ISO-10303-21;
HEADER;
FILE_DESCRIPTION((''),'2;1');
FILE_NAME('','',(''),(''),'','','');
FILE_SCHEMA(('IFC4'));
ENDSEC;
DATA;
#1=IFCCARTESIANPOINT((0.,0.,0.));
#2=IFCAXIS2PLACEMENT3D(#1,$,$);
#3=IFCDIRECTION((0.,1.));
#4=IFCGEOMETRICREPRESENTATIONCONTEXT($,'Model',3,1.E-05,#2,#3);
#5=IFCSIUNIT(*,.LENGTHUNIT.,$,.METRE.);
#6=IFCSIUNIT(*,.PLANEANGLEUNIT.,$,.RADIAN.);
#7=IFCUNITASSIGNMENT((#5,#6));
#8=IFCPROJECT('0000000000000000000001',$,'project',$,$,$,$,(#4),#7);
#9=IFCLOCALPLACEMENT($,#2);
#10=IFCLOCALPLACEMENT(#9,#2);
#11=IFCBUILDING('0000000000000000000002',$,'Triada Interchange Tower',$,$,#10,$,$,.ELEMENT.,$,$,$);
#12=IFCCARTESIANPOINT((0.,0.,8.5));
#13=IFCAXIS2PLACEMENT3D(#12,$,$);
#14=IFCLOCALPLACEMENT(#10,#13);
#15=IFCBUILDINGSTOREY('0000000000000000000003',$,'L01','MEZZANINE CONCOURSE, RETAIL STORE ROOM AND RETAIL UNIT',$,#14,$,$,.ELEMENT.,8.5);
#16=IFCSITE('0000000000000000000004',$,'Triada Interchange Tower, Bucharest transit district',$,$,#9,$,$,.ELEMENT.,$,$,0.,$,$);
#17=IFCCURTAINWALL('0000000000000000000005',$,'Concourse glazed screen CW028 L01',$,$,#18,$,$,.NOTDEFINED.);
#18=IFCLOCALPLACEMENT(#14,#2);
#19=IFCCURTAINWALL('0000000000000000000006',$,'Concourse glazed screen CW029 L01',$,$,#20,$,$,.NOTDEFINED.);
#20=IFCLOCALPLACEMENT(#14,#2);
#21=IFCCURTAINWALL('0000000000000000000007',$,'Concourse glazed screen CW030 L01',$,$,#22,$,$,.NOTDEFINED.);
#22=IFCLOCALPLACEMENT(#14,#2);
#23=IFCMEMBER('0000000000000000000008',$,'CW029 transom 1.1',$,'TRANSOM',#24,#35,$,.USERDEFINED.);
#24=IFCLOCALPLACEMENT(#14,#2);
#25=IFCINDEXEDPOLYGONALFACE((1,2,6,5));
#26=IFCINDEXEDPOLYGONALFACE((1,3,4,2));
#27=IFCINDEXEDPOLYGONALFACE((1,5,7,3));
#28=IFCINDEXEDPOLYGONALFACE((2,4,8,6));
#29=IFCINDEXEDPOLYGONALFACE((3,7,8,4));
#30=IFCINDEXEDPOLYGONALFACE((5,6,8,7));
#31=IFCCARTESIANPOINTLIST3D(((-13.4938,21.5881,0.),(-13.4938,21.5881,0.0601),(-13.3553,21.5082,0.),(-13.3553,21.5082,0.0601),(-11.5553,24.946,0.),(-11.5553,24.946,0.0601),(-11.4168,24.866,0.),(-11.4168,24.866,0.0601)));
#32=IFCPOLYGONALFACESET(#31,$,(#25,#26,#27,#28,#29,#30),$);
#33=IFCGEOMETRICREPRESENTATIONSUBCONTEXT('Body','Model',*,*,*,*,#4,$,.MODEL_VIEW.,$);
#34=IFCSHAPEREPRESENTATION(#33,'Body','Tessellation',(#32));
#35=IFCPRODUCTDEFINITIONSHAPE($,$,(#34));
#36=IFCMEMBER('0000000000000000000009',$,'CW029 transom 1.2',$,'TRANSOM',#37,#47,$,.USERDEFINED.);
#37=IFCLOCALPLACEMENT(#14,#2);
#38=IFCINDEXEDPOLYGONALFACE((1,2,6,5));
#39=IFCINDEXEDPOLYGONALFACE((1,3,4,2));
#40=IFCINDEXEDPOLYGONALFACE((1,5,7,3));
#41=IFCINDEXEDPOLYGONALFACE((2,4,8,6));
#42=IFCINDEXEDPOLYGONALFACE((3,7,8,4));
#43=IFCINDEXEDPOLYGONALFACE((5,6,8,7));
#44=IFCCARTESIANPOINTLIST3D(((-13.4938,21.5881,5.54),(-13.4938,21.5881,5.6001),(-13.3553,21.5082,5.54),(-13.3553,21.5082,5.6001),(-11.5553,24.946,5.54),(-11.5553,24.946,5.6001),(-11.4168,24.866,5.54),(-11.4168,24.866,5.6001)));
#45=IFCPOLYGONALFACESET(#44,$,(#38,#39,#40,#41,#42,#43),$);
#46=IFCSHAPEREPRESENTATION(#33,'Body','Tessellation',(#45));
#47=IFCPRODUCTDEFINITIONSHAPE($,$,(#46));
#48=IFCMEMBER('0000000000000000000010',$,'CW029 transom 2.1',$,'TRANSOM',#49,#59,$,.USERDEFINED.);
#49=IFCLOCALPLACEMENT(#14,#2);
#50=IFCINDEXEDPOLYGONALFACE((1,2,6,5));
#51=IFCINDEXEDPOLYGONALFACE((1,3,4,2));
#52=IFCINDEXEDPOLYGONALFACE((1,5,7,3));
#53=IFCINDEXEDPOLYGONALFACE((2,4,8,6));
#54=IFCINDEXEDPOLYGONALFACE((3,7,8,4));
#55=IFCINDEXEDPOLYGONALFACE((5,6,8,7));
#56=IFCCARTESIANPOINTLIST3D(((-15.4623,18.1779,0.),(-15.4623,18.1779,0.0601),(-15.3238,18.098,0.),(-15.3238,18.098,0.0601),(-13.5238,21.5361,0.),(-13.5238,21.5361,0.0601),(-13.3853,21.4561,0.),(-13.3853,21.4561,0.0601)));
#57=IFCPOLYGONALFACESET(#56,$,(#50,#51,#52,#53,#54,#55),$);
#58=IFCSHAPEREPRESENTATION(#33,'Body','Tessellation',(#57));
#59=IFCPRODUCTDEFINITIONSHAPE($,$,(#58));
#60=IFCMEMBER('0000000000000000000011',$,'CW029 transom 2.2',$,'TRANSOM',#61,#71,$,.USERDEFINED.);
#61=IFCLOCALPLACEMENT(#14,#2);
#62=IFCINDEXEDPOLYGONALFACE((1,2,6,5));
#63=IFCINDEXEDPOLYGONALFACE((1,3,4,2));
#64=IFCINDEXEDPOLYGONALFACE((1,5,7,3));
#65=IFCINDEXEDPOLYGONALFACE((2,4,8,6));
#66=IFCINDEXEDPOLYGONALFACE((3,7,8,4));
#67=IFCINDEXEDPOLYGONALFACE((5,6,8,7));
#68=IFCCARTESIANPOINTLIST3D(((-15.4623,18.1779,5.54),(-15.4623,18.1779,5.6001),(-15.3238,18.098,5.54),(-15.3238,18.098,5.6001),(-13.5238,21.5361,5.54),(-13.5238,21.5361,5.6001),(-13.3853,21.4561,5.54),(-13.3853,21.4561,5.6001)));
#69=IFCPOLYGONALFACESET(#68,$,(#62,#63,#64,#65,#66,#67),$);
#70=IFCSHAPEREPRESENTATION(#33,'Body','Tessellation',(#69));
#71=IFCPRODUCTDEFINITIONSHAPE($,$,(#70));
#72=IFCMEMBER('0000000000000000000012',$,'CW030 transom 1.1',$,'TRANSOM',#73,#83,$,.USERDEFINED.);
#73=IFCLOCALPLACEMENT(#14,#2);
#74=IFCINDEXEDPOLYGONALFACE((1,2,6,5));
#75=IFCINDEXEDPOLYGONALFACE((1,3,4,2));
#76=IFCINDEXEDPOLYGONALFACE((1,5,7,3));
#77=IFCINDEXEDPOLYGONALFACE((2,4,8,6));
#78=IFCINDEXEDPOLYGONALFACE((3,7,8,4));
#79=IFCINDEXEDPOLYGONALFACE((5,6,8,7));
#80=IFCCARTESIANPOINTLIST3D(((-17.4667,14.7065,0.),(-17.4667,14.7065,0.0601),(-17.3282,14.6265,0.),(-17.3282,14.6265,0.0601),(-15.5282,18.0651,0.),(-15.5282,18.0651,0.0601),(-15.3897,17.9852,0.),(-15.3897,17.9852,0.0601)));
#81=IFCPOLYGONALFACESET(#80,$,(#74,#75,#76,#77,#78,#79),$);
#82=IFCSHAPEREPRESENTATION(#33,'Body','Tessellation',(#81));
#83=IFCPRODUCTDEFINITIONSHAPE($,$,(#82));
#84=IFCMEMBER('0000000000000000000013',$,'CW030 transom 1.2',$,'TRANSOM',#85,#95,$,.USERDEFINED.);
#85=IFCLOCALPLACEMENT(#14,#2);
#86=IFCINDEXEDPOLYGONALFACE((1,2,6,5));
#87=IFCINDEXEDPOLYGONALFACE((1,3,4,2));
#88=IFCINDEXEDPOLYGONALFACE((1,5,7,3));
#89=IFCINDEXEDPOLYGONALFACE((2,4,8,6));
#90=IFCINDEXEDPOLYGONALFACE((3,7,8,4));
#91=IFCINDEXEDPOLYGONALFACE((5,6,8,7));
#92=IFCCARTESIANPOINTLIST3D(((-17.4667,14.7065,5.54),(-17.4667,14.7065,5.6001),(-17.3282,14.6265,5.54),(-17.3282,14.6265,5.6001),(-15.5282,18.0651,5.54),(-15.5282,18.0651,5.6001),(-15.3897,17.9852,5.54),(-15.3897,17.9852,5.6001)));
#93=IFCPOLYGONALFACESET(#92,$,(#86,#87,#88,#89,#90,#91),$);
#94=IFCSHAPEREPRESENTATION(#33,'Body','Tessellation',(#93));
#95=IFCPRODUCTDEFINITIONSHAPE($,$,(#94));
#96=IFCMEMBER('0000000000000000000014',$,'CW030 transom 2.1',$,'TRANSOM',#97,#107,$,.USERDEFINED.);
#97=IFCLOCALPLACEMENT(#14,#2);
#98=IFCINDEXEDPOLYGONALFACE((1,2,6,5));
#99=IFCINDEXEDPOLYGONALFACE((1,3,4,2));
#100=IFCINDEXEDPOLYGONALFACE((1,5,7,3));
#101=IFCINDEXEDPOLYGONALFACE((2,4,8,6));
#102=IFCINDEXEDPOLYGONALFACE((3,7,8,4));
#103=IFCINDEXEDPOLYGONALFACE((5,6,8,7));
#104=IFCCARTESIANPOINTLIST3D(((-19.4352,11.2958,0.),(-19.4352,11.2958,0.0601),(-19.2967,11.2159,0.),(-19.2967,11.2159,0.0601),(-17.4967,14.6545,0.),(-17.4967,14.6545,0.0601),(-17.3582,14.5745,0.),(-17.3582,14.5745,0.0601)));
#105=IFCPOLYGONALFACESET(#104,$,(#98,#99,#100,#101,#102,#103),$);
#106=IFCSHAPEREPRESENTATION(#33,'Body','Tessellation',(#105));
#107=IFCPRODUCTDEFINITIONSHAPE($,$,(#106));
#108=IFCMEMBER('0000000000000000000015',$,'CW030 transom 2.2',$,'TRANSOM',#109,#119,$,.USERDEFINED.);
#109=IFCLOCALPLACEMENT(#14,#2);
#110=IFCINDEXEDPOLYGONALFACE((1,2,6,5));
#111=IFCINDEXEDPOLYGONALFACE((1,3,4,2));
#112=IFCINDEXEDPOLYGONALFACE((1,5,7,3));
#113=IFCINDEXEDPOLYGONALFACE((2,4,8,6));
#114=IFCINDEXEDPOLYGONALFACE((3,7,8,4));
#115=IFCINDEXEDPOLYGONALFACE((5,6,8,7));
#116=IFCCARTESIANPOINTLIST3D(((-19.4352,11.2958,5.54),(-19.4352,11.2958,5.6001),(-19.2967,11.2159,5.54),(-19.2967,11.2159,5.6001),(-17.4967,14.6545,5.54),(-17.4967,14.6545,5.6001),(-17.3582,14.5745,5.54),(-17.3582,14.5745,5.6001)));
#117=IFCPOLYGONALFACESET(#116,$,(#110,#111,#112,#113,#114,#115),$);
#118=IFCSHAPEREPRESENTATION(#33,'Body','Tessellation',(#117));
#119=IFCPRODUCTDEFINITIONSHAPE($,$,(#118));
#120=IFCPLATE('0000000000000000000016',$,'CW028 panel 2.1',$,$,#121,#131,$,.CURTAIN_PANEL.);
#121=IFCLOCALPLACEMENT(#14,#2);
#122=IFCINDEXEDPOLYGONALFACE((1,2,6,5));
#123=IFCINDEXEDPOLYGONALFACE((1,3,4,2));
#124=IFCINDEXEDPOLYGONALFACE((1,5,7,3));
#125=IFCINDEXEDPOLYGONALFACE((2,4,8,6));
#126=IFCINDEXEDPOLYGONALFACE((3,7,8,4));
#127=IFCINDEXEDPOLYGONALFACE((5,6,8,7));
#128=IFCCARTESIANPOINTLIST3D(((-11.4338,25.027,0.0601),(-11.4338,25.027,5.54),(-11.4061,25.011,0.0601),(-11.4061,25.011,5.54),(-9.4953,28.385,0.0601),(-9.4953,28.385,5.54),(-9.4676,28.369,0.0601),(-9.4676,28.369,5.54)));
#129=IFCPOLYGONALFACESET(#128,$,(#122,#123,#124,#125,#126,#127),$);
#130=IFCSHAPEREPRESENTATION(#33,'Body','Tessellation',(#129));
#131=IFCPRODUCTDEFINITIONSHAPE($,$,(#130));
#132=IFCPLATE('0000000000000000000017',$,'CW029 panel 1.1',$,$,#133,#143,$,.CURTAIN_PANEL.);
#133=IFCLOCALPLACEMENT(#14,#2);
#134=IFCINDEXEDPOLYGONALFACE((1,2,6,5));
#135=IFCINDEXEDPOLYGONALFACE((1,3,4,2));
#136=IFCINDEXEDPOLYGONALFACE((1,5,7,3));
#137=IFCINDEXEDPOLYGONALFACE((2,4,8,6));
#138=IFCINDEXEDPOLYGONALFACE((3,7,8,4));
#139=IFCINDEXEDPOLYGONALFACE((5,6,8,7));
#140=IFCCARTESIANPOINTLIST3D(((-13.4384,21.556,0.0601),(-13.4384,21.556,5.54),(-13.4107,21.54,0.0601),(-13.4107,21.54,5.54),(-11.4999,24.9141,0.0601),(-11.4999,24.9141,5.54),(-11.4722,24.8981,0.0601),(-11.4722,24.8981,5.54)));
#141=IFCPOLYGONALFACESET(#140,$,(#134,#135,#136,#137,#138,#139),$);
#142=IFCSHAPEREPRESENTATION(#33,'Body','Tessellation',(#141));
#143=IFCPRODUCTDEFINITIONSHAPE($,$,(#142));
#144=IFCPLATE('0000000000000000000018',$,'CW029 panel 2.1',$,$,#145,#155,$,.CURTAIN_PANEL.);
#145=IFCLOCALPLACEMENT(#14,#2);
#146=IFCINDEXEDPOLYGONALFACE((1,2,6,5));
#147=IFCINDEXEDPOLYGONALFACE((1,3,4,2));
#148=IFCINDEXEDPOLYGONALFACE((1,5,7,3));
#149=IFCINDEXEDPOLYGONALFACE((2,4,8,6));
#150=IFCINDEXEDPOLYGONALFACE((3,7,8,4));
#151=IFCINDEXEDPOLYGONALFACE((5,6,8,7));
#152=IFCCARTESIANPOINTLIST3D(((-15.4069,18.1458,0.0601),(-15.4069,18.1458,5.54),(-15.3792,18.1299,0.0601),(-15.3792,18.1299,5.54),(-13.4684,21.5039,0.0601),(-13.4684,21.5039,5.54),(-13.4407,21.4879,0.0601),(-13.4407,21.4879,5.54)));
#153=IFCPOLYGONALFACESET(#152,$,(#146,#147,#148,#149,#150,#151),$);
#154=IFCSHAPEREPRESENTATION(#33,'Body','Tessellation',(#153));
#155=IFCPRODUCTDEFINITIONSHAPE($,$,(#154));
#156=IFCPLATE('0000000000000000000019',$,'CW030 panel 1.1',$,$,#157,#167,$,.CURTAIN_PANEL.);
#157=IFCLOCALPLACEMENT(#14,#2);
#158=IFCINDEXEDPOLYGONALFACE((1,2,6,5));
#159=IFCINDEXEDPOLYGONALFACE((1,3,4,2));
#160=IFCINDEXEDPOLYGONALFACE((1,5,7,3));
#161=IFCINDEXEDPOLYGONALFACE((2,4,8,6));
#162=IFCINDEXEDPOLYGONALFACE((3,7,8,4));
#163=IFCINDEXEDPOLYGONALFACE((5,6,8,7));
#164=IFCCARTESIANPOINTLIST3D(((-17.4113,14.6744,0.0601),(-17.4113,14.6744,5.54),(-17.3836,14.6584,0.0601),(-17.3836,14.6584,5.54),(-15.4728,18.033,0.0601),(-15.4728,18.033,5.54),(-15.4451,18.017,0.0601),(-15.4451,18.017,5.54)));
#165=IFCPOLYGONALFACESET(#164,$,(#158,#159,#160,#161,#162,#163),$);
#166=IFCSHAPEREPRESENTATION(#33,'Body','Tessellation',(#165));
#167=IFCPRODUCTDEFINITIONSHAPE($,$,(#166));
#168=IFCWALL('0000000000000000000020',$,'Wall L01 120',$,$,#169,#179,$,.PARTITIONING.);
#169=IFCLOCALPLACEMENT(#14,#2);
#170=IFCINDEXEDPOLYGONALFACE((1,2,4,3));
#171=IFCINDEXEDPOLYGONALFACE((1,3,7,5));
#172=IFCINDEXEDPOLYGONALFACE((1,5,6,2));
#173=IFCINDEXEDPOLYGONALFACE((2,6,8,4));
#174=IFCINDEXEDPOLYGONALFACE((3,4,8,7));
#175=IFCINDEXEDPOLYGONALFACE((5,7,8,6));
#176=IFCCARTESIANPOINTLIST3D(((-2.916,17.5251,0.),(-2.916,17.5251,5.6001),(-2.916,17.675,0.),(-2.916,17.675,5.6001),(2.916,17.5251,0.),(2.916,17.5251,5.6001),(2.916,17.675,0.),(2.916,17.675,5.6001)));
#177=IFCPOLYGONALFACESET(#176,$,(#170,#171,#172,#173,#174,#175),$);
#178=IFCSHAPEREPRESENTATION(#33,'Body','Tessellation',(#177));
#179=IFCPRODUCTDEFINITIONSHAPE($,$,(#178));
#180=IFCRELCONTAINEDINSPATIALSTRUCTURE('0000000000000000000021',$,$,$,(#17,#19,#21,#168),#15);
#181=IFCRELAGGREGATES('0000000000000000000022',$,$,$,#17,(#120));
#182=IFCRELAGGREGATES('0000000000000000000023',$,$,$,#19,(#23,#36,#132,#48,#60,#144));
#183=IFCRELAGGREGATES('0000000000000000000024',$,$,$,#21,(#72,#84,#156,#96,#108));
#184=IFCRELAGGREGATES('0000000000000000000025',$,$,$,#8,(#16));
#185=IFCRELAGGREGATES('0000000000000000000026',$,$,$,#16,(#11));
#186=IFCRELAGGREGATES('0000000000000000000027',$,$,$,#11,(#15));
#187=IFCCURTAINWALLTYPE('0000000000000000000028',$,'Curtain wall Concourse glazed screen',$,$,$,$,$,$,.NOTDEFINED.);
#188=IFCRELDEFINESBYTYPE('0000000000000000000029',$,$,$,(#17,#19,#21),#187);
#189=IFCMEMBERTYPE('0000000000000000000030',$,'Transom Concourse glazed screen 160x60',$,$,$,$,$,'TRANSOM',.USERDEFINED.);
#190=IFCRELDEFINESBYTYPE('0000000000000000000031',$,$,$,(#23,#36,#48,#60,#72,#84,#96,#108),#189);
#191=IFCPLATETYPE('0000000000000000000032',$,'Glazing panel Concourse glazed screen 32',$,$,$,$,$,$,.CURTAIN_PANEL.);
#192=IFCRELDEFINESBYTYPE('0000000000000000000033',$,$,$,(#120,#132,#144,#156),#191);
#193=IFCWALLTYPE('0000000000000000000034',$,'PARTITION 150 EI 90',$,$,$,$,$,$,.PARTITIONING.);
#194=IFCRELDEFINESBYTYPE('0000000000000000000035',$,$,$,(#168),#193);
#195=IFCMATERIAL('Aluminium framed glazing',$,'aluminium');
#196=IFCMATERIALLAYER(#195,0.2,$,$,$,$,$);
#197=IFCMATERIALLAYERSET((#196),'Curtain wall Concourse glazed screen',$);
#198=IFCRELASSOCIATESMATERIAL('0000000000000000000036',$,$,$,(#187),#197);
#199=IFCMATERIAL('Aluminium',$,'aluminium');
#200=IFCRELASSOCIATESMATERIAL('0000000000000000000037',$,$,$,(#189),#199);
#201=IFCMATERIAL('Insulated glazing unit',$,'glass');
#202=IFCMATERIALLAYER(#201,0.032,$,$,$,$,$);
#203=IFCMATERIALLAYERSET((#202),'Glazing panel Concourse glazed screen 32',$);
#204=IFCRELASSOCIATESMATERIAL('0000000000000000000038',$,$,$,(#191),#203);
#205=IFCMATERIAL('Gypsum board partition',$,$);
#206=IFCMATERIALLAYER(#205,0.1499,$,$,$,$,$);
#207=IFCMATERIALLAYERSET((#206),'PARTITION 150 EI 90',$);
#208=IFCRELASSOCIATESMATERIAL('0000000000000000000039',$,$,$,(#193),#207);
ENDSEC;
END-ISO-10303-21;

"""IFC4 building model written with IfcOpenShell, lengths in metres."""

from ifc_helpers import new_model, si_unit, direction, frame, frame_2d, origin, origin_2d, place, context, subcontext, project, spatial, rectangle, extrude, material, layer, layer_set, material_profile, profile_set, type_object, element, aggregate, save


model = new_model("IFC4")

# Units and contexts
model_context = context("Model", 3, precision=1e-05, world=origin(), true_north=direction((0.0, 1.0)))
body_context = subcontext(model_context, "Body", "Model", "MODEL_VIEW")
ifc_project = project(units=[si_unit("LENGTHUNIT", "METRE"), si_unit("PLANEANGLEUNIT", "RADIAN")], contexts=[model_context])

# Site, building, storey
site_placement = place(None, origin())
site = spatial("IfcSite", under=ifc_project, at=site_placement, Name="Triada Interchange Tower, Bucharest transit district", CompositionType="ELEMENT", RefElevation=0.0)
building_placement = place(site_placement, origin())
building = spatial("IfcBuilding", under=site, at=building_placement, Name="Triada Interchange Tower", CompositionType="ELEMENT")
storey_placement = place(building_placement, frame((0.0, 0.0, 8.5)))
storey = spatial("IfcBuildingStorey", under=building, at=storey_placement, Name="L01", Description="MEZZANINE CONCOURSE, RETAIL STORE ROOM AND RETAIL UNIT", CompositionType="ELEMENT", Elevation=8.5)

# Curtain wall
ifc_material_1 = material(Name="Aluminium framed glazing", Category="aluminium")
ifc_layer_1 = layer(ifc_material_1, 0.2)
ifc_layer_set_1 = layer_set([ifc_layer_1], Name="Curtain wall Concourse glazed screen")
curtain_wall_type = type_object("IfcCurtainWallType", Name="Curtain wall Concourse glazed screen", PredefinedType="NOTDEFINED", material=ifc_layer_set_1)
curtain_wall_1_placement = place(storey_placement, origin())
curtain_wall_1 = element("IfcCurtainWall", 1, at=curtain_wall_1_placement, inside=storey, type_object=curtain_wall_type, Name="Concourse glazed screen CW028 L01", PredefinedType="NOTDEFINED")
ifc_material_2 = material(Name="Aluminium", Category="aluminium")

# Curtain walls
curtain_wall_2_placement = place(storey_placement, origin())
curtain_wall_2 = element("IfcCurtainWall", 2, at=curtain_wall_2_placement, inside=storey, type_object=curtain_wall_type, Name="Concourse glazed screen CW029 L01", PredefinedType="NOTDEFINED")
curtain_wall_3_placement = place(storey_placement, origin())
curtain_wall_3 = element("IfcCurtainWall", 3, at=curtain_wall_3_placement, inside=storey, type_object=curtain_wall_type, Name="Concourse glazed screen CW030 L01", PredefinedType="NOTDEFINED")

# Members
ifc_material_profile_1 = material_profile(ifc_material_2, rectangle(XDim=0.1599, YDim=0.0601, at=origin_2d()), Name="Aluminium transom")
ifc_profile_set_1 = profile_set([ifc_material_profile_1], Name="Aluminium")
member_type_1 = type_object("IfcMemberType", Name="Transom Concourse glazed screen 160x60", ElementType="TRANSOM", PredefinedType="USERDEFINED", material=ifc_profile_set_1)
member_1_placement = place(storey_placement, frame((-11.4861, 24.906, 0.03), z_axis=(-0.499959, -0.866049, 0.0), x_axis=(0.866049, -0.499959, 0.0)))
member_1 = element("IfcMember", 4, at=member_1_placement, type_object=member_type_1, Name="CW029 transom 1.1", ObjectType="TRANSOM", PredefinedType="USERDEFINED", context=body_context, shape_type="SweptSolid", body=[
    extrude(rectangle(XDim=0.1599, YDim=0.0601, at=origin_2d()), origin(), (0.0, 0.0, 1.0), 3.8772),
])
member_2_placement = place(storey_placement, frame((-11.4861, 24.906, 5.5701), z_axis=(-0.499959, -0.866049, 0.0), x_axis=(0.866049, -0.499959, 0.0)))
member_2 = element("IfcMember", 5, at=member_2_placement, type_object=member_type_1, Name="CW029 transom 1.2", ObjectType="TRANSOM", PredefinedType="USERDEFINED", context=body_context, shape_type="SweptSolid", body=[
    extrude(rectangle(XDim=0.1599, YDim=0.0601, at=origin_2d()), origin(), (0.0, 0.0, 1.0), 3.8772),
])
member_3_placement = place(storey_placement, frame((-13.4546, 21.4961, 0.03), z_axis=(-0.499931, -0.866065, 0.0), x_axis=(0.866065, -0.499931, 0.0)))
member_3 = element("IfcMember", 6, at=member_3_placement, type_object=member_type_1, Name="CW029 transom 2.1", ObjectType="TRANSOM", PredefinedType="USERDEFINED", context=body_context, shape_type="SweptSolid", body=[
    extrude(rectangle(XDim=0.1599, YDim=0.0601, at=origin_2d()), origin(), (0.0, 0.0, 1.0), 3.8774),
])
member_4_placement = place(storey_placement, frame((-13.4546, 21.4961, 5.5701), z_axis=(-0.499931, -0.866065, 0.0), x_axis=(0.866065, -0.499931, 0.0)))
member_4 = element("IfcMember", 7, at=member_4_placement, type_object=member_type_1, Name="CW029 transom 2.2", ObjectType="TRANSOM", PredefinedType="USERDEFINED", context=body_context, shape_type="SweptSolid", body=[
    extrude(rectangle(XDim=0.1599, YDim=0.0601, at=origin_2d()), origin(), (0.0, 0.0, 1.0), 3.8774),
])
member_5_placement = place(storey_placement, frame((-15.459, 18.0251, 0.03), z_axis=(-0.499877, -0.866096, 0.0), x_axis=(0.866096, -0.499877, 0.0)))
member_5 = element("IfcMember", 8, at=member_5_placement, type_object=member_type_1, Name="CW030 transom 1.1", ObjectType="TRANSOM", PredefinedType="USERDEFINED", context=body_context, shape_type="SweptSolid", body=[
    extrude(rectangle(XDim=0.1599, YDim=0.0601, at=origin_2d()), origin(), (0.0, 0.0, 1.0), 3.8779),
])
member_6_placement = place(storey_placement, frame((-15.459, 18.0251, 5.5701), z_axis=(-0.499877, -0.866096, 0.0), x_axis=(0.866096, -0.499877, 0.0)))
member_6 = element("IfcMember", 9, at=member_6_placement, type_object=member_type_1, Name="CW030 transom 1.2", ObjectType="TRANSOM", PredefinedType="USERDEFINED", context=body_context, shape_type="SweptSolid", body=[
    extrude(rectangle(XDim=0.1599, YDim=0.0601, at=origin_2d()), origin(), (0.0, 0.0, 1.0), 3.8779),
])
member_7_placement = place(storey_placement, frame((-17.4275, 14.6145, 0.03), z_axis=(-0.499877, -0.866096, 0.0), x_axis=(0.866096, -0.499877, 0.0)))
member_7 = element("IfcMember", 10, at=member_7_placement, type_object=member_type_1, Name="CW030 transom 2.1", ObjectType="TRANSOM", PredefinedType="USERDEFINED", context=body_context, shape_type="SweptSolid", body=[
    extrude(rectangle(XDim=0.1599, YDim=0.0601, at=origin_2d()), origin(), (0.0, 0.0, 1.0), 3.8779),
])
member_8_placement = place(storey_placement, frame((-17.4275, 14.6145, 5.5701), z_axis=(-0.499877, -0.866096, 0.0), x_axis=(0.866096, -0.499877, 0.0)))
member_8 = element("IfcMember", 11, at=member_8_placement, type_object=member_type_1, Name="CW030 transom 2.2", ObjectType="TRANSOM", PredefinedType="USERDEFINED", context=body_context, shape_type="SweptSolid", body=[
    extrude(rectangle(XDim=0.1599, YDim=0.0601, at=origin_2d()), origin(), (0.0, 0.0, 1.0), 3.8779),
])

# Plates
ifc_material_3 = material(Name="Insulated glazing unit", Category="glass")
ifc_layer_2 = layer(ifc_material_3, 0.032)
ifc_layer_set_2 = layer_set([ifc_layer_2], Name="Glazing panel Concourse glazed screen 32")
plate_type = type_object("IfcPlateType", Name="Glazing panel Concourse glazed screen 32", PredefinedType="CURTAIN_PANEL", material=ifc_layer_set_2)
plate_1_placement = place(storey_placement, frame((-10.4507, 26.698, 0.0601), z_axis=(0.0, 0.0, 1.0), x_axis=(-0.499948, -0.866055, 0.0)))
plate_1 = element("IfcPlate", 12, at=plate_1_placement, type_object=plate_type, Name="CW028 panel 2.1", PredefinedType="CURTAIN_PANEL", context=body_context, shape_type="SweptSolid", body=[
    extrude(rectangle(XDim=3.8774, YDim=0.032, at=origin_2d()), origin(), (0.0, 0.0, 1.0), 5.48),
])
aggregate(curtain_wall_1, [plate_1])
plate_2_placement = place(storey_placement, frame((-12.4553, 23.2271, 0.0601), z_axis=(0.0, 0.0, 1.0), x_axis=(-0.499948, -0.866055, 0.0)))
plate_2 = element("IfcPlate", 13, at=plate_2_placement, type_object=plate_type, Name="CW029 panel 1.1", PredefinedType="CURTAIN_PANEL", context=body_context, shape_type="SweptSolid", body=[
    extrude(rectangle(XDim=3.8774, YDim=0.032, at=origin_2d()), origin(), (0.0, 0.0, 1.0), 5.48),
])
plate_3_placement = place(storey_placement, frame((-14.4238, 19.8169, 0.0601), z_axis=(0.0, 0.0, 1.0), x_axis=(-0.499948, -0.866055, 0.0)))
plate_3 = element("IfcPlate", 14, at=plate_3_placement, type_object=plate_type, Name="CW029 panel 2.1", PredefinedType="CURTAIN_PANEL", context=body_context, shape_type="SweptSolid", body=[
    extrude(rectangle(XDim=3.8774, YDim=0.032, at=origin_2d()), origin(), (0.0, 0.0, 1.0), 5.48),
])
aggregate(curtain_wall_2, [member_1, member_2, plate_2, member_3, member_4, plate_3])
plate_4_placement = place(storey_placement, frame((-16.4282, 16.3457, 0.0601), z_axis=(0.0, 0.0, 1.0), x_axis=(-0.499893, -0.866087, 0.0)))
plate_4 = element("IfcPlate", 15, at=plate_4_placement, type_object=plate_type, Name="CW030 panel 1.1", PredefinedType="CURTAIN_PANEL", context=body_context, shape_type="SweptSolid", body=[
    extrude(rectangle(XDim=3.8779, YDim=0.032, at=origin_2d()), origin(), (0.0, 0.0, 1.0), 5.48),
])
aggregate(curtain_wall_3, [member_5, member_6, plate_4, member_7, member_8])

# Wall
ifc_material_4 = material(Name="Gypsum board partition")
ifc_layer_3 = layer(ifc_material_4, 0.1499)
ifc_layer_set_3 = layer_set([ifc_layer_3], Name="PARTITION 150 EI 90")
wall_type_1 = type_object("IfcWallType", Name="PARTITION 150 EI 90", PredefinedType="PARTITIONING", material=ifc_layer_set_3)
wall_1_placement = place(storey_placement, frame((-2.916, 17.6001, 0.0), z_axis=(0.0, 0.0, 1.0), x_axis=(1.0, 0.0, 0.0)))
element("IfcWall", 16, at=wall_1_placement, inside=storey, type_object=wall_type_1, Name="Wall L01 120", PredefinedType="PARTITIONING", context=body_context, shape_type="SweptSolid", body=[
    extrude(rectangle(XDim=5.832, YDim=0.1499, at=frame_2d((2.916, 0.0))), origin(), (0.0, 0.0, 1.0), 5.6001),
])

save(model, "model.ifc")
